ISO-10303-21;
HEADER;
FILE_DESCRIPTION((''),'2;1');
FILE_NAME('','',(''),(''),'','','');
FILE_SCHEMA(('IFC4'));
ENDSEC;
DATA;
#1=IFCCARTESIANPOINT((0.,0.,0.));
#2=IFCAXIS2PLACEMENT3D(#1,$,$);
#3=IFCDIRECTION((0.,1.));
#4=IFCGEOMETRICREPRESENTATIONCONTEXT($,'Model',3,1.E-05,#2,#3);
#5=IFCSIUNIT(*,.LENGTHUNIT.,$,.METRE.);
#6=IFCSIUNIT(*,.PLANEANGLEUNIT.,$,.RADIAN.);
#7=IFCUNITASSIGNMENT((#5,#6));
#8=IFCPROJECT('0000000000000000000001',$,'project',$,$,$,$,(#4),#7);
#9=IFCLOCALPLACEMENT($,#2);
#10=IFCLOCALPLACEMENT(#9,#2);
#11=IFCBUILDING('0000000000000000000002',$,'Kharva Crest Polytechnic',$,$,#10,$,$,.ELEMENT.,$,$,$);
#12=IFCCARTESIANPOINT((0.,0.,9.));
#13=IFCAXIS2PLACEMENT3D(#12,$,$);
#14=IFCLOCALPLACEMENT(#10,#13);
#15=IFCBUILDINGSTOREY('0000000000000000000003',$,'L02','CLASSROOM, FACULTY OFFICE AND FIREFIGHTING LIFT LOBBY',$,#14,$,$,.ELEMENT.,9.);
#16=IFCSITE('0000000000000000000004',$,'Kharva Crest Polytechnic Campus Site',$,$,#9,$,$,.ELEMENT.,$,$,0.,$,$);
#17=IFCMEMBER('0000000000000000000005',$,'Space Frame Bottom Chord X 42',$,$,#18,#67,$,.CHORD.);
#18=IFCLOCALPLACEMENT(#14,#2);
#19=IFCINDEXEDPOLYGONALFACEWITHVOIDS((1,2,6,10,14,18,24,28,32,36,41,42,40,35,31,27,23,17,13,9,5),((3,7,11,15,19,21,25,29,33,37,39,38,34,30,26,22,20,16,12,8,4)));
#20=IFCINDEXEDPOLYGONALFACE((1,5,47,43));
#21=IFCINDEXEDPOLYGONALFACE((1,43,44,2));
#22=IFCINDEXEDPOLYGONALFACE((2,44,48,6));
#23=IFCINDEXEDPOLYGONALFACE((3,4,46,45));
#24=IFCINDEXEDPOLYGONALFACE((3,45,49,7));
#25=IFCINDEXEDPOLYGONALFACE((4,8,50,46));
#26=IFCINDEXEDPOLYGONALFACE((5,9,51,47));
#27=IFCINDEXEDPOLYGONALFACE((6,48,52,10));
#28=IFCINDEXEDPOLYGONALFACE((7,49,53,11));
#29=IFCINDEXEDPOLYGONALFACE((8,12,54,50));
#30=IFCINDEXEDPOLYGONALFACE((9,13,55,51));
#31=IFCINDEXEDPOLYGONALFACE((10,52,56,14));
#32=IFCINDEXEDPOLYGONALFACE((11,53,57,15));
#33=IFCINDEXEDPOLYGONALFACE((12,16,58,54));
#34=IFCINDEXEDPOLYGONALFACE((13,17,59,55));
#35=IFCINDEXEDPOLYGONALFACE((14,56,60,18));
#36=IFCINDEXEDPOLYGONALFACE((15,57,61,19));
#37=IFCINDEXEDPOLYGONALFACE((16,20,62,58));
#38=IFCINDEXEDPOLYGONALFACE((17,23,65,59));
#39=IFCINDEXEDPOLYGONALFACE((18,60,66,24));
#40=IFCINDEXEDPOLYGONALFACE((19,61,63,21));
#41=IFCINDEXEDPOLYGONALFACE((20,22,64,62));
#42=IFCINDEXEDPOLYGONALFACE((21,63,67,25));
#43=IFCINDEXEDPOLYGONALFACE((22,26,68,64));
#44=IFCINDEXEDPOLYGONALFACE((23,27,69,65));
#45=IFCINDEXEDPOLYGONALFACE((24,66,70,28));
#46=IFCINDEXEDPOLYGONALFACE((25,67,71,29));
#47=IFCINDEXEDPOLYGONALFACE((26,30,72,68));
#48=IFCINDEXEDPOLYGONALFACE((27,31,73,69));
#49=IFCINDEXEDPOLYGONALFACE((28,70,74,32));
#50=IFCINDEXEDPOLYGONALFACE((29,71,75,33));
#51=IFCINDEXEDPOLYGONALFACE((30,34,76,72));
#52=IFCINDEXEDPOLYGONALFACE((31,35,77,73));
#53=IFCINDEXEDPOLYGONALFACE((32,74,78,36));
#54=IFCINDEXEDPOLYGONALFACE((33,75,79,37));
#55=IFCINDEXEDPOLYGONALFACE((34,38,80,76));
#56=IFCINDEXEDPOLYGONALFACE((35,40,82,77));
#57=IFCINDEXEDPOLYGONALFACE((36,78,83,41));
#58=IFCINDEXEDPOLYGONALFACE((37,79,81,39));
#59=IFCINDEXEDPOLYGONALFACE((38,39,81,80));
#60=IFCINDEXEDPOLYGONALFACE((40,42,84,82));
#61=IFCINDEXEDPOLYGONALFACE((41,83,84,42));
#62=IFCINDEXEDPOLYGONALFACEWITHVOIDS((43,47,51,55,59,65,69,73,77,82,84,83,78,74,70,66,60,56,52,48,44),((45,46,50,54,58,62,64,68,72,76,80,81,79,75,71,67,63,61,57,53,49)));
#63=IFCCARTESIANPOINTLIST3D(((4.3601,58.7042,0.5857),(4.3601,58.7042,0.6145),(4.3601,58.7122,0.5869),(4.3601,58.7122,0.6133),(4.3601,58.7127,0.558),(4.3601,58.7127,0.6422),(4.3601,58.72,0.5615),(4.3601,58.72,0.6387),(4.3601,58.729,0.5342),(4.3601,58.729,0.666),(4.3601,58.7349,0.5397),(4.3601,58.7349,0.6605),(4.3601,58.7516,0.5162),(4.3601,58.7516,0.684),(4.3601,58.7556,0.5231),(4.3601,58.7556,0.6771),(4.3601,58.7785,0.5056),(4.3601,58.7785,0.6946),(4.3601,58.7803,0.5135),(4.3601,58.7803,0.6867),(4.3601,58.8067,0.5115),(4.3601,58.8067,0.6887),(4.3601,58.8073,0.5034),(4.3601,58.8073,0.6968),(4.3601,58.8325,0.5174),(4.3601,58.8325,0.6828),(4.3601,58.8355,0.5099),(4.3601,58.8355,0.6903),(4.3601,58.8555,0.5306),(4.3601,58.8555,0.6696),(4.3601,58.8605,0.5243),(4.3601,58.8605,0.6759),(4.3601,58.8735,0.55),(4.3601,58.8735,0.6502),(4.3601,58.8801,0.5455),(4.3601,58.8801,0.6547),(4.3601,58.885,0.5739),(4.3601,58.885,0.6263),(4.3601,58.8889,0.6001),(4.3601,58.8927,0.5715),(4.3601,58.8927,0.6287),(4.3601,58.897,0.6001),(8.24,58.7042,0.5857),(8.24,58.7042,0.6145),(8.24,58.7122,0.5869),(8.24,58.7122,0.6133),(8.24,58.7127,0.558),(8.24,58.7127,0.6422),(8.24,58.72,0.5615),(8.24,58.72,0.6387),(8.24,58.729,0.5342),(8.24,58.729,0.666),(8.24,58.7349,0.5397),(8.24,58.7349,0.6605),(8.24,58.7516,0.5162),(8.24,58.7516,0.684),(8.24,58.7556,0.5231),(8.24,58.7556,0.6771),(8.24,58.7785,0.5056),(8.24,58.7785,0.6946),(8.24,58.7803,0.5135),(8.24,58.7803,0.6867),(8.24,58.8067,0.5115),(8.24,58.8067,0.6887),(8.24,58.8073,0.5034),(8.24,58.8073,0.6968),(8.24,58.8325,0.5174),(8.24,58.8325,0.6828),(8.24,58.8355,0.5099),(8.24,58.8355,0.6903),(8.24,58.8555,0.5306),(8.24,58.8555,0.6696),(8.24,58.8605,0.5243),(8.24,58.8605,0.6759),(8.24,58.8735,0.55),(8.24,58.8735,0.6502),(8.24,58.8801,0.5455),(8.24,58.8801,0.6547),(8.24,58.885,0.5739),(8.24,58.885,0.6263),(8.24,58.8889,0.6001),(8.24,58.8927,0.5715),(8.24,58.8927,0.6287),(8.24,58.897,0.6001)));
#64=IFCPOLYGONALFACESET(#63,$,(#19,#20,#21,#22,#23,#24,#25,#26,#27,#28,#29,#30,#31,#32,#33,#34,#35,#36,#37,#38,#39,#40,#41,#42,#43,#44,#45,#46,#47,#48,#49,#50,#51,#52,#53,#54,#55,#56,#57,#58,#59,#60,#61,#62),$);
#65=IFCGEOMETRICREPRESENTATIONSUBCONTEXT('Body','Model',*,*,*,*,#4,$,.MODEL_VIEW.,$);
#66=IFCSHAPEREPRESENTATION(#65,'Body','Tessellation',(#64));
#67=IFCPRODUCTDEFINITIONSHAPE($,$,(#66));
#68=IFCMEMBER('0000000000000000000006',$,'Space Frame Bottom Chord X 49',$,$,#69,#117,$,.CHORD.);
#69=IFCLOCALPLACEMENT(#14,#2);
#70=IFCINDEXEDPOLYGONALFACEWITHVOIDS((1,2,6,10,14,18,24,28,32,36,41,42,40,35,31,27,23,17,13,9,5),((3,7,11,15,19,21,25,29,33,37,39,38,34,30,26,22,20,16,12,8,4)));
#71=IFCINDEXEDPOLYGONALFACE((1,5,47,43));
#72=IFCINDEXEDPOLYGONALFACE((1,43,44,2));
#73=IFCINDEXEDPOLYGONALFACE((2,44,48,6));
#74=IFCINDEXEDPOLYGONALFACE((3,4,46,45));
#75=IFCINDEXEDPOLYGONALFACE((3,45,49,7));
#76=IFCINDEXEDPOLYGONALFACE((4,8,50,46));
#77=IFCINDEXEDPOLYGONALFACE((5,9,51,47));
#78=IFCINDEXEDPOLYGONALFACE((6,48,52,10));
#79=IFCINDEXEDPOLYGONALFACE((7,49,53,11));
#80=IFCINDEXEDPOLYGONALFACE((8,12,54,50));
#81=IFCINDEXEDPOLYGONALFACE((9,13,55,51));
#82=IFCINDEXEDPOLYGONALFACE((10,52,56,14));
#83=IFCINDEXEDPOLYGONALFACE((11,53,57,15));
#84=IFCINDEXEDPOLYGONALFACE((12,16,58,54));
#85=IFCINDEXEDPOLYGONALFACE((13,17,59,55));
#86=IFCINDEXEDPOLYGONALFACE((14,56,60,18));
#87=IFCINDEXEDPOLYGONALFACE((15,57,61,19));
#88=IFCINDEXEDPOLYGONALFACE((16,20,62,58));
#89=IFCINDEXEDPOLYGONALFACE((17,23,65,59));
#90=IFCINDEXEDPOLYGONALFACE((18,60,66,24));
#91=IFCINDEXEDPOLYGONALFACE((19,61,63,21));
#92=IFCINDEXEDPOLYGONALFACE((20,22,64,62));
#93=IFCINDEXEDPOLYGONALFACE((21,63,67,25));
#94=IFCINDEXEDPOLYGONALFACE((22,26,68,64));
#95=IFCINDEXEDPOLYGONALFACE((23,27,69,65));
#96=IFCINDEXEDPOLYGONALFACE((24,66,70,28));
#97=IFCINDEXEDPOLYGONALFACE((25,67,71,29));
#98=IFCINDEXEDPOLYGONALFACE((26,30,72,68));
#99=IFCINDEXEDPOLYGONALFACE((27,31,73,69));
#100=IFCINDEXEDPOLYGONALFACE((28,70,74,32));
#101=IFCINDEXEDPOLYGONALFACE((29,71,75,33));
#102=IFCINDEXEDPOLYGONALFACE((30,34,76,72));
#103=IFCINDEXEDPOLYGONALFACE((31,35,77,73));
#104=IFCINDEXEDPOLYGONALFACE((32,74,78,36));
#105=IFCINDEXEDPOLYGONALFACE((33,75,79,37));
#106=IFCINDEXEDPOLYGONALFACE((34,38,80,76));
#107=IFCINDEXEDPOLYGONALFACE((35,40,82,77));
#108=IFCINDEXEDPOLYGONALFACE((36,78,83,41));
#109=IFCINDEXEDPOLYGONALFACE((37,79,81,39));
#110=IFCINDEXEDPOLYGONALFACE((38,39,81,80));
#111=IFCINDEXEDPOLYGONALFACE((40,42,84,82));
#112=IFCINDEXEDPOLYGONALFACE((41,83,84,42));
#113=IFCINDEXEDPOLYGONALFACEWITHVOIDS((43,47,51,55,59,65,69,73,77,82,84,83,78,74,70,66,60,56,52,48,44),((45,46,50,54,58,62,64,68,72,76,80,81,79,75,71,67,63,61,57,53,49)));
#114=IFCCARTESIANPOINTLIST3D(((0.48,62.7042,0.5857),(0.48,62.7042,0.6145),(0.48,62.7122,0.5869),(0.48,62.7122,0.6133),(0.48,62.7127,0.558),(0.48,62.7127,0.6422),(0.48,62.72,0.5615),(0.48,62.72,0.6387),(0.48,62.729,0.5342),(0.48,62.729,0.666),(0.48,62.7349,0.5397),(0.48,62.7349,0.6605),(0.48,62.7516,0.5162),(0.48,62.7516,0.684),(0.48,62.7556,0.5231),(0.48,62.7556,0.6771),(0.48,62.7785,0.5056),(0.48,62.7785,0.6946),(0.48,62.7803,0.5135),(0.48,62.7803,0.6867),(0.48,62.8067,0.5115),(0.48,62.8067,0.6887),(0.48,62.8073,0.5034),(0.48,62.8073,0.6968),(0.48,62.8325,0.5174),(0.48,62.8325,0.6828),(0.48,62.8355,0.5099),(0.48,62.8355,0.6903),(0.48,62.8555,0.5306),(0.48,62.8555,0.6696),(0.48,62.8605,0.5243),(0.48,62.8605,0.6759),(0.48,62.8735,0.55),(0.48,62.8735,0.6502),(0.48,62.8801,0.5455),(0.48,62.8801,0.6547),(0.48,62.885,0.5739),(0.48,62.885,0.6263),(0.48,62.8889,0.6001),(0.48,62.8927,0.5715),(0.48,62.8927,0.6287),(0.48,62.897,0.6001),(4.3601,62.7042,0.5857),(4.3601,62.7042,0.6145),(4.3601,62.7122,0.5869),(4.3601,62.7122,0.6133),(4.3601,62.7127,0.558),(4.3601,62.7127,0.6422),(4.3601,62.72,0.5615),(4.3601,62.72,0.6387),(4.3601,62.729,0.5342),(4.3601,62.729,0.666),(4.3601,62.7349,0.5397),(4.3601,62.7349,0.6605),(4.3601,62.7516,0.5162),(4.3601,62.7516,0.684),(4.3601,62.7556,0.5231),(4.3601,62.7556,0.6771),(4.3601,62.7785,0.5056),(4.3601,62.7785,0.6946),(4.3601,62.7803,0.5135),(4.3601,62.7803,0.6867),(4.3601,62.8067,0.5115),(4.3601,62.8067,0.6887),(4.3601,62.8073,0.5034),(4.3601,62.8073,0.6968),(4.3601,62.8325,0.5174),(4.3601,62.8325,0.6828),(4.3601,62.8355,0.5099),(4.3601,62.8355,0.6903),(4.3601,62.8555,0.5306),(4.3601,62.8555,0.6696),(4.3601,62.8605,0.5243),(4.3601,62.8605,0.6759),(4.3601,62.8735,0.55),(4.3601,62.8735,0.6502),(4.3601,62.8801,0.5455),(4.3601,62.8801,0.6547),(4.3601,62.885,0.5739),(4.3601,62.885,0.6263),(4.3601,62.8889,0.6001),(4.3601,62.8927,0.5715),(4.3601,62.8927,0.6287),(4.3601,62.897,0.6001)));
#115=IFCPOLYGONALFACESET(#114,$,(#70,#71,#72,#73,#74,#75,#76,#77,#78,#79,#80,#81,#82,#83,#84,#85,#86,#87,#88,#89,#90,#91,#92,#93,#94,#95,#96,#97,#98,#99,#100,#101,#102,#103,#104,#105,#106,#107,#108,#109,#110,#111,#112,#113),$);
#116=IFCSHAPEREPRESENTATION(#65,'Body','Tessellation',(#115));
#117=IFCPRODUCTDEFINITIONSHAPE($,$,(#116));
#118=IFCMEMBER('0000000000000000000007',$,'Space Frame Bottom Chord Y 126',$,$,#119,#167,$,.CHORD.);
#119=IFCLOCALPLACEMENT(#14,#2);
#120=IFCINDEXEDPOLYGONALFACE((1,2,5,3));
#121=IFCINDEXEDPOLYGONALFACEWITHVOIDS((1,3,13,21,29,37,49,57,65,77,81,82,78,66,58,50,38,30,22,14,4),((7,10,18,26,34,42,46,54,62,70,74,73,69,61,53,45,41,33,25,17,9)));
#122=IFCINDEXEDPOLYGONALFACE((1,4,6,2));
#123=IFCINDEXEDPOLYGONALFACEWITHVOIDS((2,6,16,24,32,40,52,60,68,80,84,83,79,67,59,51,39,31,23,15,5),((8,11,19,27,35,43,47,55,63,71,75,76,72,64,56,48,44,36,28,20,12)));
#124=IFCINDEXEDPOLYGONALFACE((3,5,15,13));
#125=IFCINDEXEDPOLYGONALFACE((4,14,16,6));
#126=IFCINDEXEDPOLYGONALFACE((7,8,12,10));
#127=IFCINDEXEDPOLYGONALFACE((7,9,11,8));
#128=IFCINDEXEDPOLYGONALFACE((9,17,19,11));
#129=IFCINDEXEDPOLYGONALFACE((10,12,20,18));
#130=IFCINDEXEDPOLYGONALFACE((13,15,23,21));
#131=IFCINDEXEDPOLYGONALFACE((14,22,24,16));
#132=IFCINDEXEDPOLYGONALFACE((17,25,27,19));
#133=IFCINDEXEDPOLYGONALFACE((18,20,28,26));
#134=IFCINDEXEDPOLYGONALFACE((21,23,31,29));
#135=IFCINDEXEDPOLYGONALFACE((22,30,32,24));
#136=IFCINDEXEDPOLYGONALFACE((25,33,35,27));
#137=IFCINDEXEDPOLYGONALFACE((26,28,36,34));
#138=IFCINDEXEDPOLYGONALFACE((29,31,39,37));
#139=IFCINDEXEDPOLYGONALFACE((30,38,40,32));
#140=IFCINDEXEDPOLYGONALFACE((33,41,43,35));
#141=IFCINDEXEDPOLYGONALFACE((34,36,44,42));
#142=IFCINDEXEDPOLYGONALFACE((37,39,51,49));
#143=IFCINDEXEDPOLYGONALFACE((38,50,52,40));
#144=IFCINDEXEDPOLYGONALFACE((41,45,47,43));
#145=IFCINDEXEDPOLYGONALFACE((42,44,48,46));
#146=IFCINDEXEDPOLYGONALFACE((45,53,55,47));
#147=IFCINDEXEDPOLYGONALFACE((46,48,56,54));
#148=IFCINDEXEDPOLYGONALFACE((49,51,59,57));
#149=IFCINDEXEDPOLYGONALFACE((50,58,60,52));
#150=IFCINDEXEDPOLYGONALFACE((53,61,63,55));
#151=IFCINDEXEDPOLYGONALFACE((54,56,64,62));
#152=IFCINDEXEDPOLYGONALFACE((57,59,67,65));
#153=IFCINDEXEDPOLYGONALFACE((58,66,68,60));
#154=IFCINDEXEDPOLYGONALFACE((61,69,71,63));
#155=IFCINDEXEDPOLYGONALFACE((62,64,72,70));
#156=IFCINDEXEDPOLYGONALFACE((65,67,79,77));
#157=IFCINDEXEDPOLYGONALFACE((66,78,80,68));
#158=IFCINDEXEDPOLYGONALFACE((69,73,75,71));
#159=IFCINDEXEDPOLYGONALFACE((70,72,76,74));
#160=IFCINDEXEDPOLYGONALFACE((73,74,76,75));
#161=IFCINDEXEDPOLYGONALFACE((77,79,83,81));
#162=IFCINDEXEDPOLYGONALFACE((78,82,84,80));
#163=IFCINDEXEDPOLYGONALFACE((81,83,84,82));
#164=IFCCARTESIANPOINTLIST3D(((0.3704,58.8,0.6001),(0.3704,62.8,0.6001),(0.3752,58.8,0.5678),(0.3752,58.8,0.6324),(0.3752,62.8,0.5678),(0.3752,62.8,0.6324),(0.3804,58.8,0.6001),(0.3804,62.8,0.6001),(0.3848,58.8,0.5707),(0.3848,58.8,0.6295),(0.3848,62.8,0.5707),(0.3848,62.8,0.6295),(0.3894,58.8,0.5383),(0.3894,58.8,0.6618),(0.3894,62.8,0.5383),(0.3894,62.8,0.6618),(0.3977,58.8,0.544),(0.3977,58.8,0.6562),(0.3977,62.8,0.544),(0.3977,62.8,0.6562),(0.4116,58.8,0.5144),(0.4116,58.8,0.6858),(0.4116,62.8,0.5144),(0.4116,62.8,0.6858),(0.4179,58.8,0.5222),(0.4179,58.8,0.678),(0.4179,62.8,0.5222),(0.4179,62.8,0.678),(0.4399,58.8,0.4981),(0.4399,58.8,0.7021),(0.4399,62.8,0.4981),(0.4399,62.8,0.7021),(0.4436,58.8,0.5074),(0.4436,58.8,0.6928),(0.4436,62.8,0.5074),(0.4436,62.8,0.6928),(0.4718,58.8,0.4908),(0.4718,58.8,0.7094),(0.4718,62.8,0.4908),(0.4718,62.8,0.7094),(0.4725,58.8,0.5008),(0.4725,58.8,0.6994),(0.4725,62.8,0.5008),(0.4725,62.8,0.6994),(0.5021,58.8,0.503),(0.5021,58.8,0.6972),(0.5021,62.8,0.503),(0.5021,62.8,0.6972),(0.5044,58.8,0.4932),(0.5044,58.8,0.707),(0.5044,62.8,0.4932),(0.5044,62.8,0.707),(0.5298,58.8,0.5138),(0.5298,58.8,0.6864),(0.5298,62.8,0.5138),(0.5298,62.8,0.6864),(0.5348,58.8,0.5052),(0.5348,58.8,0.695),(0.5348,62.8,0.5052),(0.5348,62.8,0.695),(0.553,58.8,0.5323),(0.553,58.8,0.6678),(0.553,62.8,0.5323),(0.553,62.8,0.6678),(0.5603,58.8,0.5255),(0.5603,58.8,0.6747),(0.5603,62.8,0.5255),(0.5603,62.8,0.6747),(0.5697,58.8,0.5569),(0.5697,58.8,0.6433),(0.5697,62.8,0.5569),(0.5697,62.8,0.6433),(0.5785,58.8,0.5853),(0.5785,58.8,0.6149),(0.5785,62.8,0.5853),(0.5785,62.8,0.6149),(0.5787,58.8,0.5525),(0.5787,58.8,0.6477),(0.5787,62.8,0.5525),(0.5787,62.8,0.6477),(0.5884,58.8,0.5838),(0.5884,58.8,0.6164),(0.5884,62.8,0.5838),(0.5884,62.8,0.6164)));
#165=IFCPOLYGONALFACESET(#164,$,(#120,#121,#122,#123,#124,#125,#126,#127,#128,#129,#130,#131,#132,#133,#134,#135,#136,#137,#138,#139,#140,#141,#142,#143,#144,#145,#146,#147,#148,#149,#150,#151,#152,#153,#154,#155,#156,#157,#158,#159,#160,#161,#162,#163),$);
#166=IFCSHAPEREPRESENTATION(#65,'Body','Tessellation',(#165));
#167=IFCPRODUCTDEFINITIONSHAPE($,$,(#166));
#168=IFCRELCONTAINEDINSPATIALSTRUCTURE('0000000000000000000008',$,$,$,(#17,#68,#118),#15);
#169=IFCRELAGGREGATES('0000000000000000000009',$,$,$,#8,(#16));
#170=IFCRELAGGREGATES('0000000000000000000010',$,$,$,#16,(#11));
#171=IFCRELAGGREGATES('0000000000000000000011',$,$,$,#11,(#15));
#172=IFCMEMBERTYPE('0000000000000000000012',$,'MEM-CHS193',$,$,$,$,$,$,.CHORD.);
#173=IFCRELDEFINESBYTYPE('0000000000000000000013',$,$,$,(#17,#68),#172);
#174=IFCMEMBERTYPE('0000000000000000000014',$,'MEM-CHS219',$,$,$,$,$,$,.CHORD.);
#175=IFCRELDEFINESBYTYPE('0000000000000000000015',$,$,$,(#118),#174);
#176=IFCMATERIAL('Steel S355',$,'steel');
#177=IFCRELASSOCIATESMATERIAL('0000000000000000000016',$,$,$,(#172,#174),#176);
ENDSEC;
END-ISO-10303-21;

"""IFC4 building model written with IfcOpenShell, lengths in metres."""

from ifc_helpers import new_model, si_unit, direction, frame, origin, origin_2d, place, context, subcontext, project, spatial, hollow_circle, extrude, material, material_profile, profile_set, type_object, element, save


model = new_model("IFC4")

# Units and contexts
model_context = context("Model", 3, precision=1e-05, world=origin(), true_north=direction((0.0, 1.0)))
body_context = subcontext(model_context, "Body", "Model", "MODEL_VIEW")
ifc_project = project(units=[si_unit("LENGTHUNIT", "METRE"), si_unit("PLANEANGLEUNIT", "RADIAN")], contexts=[model_context])

# Site, building, storey
site_placement = place(None, origin())
site = spatial("IfcSite", under=ifc_project, at=site_placement, Name="Kharva Crest Polytechnic Campus Site", CompositionType="ELEMENT", RefElevation=0.0)
building_placement = place(site_placement, origin())
building = spatial("IfcBuilding", under=site, at=building_placement, Name="Kharva Crest Polytechnic", CompositionType="ELEMENT")
storey_placement = place(building_placement, frame((0.0, 0.0, 9.0)))
storey = spatial("IfcBuildingStorey", under=building, at=storey_placement, Name="L02", Description="CLASSROOM, FACULTY OFFICE AND FIREFIGHTING LIFT LOBBY", CompositionType="ELEMENT", Elevation=9.0)

# Shared definitions
ifc_material_1 = material(Name="Steel S355", Category="steel")

# Members
ifc_material_profile_1 = material_profile(ifc_material_1, hollow_circle(Radius=0.0969, WallThickness=0.0081, at=origin_2d()), Name="CHS 193.7X8.0")
ifc_profile_set_1 = profile_set([ifc_material_profile_1], Name="Steel S355")
member_type_1 = type_object("IfcMemberType", Name="MEM-CHS193", PredefinedType="CHORD", material=ifc_profile_set_1)
member_1_placement = place(storey_placement, frame((4.3601, 58.8, 0.6001), z_axis=(1.0, 0.0, 0.0), x_axis=(0.0, 1.0, 0.0)))
element("IfcMember", 1, at=member_1_placement, inside=storey, type_object=member_type_1, Name="Space Frame Bottom Chord X 42", PredefinedType="CHORD", context=body_context, shape_type="SweptSolid", body=[
    extrude(hollow_circle(Radius=0.0969, WallThickness=0.0081, at=origin_2d()), origin(), (0.0, 0.0, 1.0), 3.8799),
])
member_2_placement = place(storey_placement, frame((0.48, 62.8, 0.6001), z_axis=(1.0, 0.0, 0.0), x_axis=(0.0, 1.0, 0.0)))
element("IfcMember", 2, at=member_2_placement, inside=storey, type_object=member_type_1, Name="Space Frame Bottom Chord X 49", PredefinedType="CHORD", context=body_context, shape_type="SweptSolid", body=[
    extrude(hollow_circle(Radius=0.0969, WallThickness=0.0081, at=origin_2d()), origin(), (0.0, 0.0, 1.0), 3.8801),
])
ifc_material_profile_2 = material_profile(ifc_material_1, hollow_circle(Radius=0.1096, WallThickness=0.01, at=origin_2d()), Name="CHS 219.1X10.0")
ifc_profile_set_2 = profile_set([ifc_material_profile_2], Name="Steel S355")
member_type_2 = type_object("IfcMemberType", Name="MEM-CHS219", PredefinedType="CHORD", material=ifc_profile_set_2)
for number, where, z_axis, x_axis, name in (
    (3, (0.48, 58.8, 0.6001), (0.0, 1.0, 0.0), (-1.0, 0.0, 0.0), "Space Frame Bottom Chord Y 126"),
):
    element("IfcMember", number, at=place(storey_placement, frame(where, z_axis=z_axis, x_axis=x_axis)), inside=storey, type_object=member_type_2, Name=name, PredefinedType="CHORD", context=body_context, shape_type="SweptSolid", body=[
        extrude(hollow_circle(Radius=0.1096, WallThickness=0.01, at=origin_2d()), origin(), (0.0, 0.0, 1.0), 4.0),
    ])

save(model, "model.ifc")
